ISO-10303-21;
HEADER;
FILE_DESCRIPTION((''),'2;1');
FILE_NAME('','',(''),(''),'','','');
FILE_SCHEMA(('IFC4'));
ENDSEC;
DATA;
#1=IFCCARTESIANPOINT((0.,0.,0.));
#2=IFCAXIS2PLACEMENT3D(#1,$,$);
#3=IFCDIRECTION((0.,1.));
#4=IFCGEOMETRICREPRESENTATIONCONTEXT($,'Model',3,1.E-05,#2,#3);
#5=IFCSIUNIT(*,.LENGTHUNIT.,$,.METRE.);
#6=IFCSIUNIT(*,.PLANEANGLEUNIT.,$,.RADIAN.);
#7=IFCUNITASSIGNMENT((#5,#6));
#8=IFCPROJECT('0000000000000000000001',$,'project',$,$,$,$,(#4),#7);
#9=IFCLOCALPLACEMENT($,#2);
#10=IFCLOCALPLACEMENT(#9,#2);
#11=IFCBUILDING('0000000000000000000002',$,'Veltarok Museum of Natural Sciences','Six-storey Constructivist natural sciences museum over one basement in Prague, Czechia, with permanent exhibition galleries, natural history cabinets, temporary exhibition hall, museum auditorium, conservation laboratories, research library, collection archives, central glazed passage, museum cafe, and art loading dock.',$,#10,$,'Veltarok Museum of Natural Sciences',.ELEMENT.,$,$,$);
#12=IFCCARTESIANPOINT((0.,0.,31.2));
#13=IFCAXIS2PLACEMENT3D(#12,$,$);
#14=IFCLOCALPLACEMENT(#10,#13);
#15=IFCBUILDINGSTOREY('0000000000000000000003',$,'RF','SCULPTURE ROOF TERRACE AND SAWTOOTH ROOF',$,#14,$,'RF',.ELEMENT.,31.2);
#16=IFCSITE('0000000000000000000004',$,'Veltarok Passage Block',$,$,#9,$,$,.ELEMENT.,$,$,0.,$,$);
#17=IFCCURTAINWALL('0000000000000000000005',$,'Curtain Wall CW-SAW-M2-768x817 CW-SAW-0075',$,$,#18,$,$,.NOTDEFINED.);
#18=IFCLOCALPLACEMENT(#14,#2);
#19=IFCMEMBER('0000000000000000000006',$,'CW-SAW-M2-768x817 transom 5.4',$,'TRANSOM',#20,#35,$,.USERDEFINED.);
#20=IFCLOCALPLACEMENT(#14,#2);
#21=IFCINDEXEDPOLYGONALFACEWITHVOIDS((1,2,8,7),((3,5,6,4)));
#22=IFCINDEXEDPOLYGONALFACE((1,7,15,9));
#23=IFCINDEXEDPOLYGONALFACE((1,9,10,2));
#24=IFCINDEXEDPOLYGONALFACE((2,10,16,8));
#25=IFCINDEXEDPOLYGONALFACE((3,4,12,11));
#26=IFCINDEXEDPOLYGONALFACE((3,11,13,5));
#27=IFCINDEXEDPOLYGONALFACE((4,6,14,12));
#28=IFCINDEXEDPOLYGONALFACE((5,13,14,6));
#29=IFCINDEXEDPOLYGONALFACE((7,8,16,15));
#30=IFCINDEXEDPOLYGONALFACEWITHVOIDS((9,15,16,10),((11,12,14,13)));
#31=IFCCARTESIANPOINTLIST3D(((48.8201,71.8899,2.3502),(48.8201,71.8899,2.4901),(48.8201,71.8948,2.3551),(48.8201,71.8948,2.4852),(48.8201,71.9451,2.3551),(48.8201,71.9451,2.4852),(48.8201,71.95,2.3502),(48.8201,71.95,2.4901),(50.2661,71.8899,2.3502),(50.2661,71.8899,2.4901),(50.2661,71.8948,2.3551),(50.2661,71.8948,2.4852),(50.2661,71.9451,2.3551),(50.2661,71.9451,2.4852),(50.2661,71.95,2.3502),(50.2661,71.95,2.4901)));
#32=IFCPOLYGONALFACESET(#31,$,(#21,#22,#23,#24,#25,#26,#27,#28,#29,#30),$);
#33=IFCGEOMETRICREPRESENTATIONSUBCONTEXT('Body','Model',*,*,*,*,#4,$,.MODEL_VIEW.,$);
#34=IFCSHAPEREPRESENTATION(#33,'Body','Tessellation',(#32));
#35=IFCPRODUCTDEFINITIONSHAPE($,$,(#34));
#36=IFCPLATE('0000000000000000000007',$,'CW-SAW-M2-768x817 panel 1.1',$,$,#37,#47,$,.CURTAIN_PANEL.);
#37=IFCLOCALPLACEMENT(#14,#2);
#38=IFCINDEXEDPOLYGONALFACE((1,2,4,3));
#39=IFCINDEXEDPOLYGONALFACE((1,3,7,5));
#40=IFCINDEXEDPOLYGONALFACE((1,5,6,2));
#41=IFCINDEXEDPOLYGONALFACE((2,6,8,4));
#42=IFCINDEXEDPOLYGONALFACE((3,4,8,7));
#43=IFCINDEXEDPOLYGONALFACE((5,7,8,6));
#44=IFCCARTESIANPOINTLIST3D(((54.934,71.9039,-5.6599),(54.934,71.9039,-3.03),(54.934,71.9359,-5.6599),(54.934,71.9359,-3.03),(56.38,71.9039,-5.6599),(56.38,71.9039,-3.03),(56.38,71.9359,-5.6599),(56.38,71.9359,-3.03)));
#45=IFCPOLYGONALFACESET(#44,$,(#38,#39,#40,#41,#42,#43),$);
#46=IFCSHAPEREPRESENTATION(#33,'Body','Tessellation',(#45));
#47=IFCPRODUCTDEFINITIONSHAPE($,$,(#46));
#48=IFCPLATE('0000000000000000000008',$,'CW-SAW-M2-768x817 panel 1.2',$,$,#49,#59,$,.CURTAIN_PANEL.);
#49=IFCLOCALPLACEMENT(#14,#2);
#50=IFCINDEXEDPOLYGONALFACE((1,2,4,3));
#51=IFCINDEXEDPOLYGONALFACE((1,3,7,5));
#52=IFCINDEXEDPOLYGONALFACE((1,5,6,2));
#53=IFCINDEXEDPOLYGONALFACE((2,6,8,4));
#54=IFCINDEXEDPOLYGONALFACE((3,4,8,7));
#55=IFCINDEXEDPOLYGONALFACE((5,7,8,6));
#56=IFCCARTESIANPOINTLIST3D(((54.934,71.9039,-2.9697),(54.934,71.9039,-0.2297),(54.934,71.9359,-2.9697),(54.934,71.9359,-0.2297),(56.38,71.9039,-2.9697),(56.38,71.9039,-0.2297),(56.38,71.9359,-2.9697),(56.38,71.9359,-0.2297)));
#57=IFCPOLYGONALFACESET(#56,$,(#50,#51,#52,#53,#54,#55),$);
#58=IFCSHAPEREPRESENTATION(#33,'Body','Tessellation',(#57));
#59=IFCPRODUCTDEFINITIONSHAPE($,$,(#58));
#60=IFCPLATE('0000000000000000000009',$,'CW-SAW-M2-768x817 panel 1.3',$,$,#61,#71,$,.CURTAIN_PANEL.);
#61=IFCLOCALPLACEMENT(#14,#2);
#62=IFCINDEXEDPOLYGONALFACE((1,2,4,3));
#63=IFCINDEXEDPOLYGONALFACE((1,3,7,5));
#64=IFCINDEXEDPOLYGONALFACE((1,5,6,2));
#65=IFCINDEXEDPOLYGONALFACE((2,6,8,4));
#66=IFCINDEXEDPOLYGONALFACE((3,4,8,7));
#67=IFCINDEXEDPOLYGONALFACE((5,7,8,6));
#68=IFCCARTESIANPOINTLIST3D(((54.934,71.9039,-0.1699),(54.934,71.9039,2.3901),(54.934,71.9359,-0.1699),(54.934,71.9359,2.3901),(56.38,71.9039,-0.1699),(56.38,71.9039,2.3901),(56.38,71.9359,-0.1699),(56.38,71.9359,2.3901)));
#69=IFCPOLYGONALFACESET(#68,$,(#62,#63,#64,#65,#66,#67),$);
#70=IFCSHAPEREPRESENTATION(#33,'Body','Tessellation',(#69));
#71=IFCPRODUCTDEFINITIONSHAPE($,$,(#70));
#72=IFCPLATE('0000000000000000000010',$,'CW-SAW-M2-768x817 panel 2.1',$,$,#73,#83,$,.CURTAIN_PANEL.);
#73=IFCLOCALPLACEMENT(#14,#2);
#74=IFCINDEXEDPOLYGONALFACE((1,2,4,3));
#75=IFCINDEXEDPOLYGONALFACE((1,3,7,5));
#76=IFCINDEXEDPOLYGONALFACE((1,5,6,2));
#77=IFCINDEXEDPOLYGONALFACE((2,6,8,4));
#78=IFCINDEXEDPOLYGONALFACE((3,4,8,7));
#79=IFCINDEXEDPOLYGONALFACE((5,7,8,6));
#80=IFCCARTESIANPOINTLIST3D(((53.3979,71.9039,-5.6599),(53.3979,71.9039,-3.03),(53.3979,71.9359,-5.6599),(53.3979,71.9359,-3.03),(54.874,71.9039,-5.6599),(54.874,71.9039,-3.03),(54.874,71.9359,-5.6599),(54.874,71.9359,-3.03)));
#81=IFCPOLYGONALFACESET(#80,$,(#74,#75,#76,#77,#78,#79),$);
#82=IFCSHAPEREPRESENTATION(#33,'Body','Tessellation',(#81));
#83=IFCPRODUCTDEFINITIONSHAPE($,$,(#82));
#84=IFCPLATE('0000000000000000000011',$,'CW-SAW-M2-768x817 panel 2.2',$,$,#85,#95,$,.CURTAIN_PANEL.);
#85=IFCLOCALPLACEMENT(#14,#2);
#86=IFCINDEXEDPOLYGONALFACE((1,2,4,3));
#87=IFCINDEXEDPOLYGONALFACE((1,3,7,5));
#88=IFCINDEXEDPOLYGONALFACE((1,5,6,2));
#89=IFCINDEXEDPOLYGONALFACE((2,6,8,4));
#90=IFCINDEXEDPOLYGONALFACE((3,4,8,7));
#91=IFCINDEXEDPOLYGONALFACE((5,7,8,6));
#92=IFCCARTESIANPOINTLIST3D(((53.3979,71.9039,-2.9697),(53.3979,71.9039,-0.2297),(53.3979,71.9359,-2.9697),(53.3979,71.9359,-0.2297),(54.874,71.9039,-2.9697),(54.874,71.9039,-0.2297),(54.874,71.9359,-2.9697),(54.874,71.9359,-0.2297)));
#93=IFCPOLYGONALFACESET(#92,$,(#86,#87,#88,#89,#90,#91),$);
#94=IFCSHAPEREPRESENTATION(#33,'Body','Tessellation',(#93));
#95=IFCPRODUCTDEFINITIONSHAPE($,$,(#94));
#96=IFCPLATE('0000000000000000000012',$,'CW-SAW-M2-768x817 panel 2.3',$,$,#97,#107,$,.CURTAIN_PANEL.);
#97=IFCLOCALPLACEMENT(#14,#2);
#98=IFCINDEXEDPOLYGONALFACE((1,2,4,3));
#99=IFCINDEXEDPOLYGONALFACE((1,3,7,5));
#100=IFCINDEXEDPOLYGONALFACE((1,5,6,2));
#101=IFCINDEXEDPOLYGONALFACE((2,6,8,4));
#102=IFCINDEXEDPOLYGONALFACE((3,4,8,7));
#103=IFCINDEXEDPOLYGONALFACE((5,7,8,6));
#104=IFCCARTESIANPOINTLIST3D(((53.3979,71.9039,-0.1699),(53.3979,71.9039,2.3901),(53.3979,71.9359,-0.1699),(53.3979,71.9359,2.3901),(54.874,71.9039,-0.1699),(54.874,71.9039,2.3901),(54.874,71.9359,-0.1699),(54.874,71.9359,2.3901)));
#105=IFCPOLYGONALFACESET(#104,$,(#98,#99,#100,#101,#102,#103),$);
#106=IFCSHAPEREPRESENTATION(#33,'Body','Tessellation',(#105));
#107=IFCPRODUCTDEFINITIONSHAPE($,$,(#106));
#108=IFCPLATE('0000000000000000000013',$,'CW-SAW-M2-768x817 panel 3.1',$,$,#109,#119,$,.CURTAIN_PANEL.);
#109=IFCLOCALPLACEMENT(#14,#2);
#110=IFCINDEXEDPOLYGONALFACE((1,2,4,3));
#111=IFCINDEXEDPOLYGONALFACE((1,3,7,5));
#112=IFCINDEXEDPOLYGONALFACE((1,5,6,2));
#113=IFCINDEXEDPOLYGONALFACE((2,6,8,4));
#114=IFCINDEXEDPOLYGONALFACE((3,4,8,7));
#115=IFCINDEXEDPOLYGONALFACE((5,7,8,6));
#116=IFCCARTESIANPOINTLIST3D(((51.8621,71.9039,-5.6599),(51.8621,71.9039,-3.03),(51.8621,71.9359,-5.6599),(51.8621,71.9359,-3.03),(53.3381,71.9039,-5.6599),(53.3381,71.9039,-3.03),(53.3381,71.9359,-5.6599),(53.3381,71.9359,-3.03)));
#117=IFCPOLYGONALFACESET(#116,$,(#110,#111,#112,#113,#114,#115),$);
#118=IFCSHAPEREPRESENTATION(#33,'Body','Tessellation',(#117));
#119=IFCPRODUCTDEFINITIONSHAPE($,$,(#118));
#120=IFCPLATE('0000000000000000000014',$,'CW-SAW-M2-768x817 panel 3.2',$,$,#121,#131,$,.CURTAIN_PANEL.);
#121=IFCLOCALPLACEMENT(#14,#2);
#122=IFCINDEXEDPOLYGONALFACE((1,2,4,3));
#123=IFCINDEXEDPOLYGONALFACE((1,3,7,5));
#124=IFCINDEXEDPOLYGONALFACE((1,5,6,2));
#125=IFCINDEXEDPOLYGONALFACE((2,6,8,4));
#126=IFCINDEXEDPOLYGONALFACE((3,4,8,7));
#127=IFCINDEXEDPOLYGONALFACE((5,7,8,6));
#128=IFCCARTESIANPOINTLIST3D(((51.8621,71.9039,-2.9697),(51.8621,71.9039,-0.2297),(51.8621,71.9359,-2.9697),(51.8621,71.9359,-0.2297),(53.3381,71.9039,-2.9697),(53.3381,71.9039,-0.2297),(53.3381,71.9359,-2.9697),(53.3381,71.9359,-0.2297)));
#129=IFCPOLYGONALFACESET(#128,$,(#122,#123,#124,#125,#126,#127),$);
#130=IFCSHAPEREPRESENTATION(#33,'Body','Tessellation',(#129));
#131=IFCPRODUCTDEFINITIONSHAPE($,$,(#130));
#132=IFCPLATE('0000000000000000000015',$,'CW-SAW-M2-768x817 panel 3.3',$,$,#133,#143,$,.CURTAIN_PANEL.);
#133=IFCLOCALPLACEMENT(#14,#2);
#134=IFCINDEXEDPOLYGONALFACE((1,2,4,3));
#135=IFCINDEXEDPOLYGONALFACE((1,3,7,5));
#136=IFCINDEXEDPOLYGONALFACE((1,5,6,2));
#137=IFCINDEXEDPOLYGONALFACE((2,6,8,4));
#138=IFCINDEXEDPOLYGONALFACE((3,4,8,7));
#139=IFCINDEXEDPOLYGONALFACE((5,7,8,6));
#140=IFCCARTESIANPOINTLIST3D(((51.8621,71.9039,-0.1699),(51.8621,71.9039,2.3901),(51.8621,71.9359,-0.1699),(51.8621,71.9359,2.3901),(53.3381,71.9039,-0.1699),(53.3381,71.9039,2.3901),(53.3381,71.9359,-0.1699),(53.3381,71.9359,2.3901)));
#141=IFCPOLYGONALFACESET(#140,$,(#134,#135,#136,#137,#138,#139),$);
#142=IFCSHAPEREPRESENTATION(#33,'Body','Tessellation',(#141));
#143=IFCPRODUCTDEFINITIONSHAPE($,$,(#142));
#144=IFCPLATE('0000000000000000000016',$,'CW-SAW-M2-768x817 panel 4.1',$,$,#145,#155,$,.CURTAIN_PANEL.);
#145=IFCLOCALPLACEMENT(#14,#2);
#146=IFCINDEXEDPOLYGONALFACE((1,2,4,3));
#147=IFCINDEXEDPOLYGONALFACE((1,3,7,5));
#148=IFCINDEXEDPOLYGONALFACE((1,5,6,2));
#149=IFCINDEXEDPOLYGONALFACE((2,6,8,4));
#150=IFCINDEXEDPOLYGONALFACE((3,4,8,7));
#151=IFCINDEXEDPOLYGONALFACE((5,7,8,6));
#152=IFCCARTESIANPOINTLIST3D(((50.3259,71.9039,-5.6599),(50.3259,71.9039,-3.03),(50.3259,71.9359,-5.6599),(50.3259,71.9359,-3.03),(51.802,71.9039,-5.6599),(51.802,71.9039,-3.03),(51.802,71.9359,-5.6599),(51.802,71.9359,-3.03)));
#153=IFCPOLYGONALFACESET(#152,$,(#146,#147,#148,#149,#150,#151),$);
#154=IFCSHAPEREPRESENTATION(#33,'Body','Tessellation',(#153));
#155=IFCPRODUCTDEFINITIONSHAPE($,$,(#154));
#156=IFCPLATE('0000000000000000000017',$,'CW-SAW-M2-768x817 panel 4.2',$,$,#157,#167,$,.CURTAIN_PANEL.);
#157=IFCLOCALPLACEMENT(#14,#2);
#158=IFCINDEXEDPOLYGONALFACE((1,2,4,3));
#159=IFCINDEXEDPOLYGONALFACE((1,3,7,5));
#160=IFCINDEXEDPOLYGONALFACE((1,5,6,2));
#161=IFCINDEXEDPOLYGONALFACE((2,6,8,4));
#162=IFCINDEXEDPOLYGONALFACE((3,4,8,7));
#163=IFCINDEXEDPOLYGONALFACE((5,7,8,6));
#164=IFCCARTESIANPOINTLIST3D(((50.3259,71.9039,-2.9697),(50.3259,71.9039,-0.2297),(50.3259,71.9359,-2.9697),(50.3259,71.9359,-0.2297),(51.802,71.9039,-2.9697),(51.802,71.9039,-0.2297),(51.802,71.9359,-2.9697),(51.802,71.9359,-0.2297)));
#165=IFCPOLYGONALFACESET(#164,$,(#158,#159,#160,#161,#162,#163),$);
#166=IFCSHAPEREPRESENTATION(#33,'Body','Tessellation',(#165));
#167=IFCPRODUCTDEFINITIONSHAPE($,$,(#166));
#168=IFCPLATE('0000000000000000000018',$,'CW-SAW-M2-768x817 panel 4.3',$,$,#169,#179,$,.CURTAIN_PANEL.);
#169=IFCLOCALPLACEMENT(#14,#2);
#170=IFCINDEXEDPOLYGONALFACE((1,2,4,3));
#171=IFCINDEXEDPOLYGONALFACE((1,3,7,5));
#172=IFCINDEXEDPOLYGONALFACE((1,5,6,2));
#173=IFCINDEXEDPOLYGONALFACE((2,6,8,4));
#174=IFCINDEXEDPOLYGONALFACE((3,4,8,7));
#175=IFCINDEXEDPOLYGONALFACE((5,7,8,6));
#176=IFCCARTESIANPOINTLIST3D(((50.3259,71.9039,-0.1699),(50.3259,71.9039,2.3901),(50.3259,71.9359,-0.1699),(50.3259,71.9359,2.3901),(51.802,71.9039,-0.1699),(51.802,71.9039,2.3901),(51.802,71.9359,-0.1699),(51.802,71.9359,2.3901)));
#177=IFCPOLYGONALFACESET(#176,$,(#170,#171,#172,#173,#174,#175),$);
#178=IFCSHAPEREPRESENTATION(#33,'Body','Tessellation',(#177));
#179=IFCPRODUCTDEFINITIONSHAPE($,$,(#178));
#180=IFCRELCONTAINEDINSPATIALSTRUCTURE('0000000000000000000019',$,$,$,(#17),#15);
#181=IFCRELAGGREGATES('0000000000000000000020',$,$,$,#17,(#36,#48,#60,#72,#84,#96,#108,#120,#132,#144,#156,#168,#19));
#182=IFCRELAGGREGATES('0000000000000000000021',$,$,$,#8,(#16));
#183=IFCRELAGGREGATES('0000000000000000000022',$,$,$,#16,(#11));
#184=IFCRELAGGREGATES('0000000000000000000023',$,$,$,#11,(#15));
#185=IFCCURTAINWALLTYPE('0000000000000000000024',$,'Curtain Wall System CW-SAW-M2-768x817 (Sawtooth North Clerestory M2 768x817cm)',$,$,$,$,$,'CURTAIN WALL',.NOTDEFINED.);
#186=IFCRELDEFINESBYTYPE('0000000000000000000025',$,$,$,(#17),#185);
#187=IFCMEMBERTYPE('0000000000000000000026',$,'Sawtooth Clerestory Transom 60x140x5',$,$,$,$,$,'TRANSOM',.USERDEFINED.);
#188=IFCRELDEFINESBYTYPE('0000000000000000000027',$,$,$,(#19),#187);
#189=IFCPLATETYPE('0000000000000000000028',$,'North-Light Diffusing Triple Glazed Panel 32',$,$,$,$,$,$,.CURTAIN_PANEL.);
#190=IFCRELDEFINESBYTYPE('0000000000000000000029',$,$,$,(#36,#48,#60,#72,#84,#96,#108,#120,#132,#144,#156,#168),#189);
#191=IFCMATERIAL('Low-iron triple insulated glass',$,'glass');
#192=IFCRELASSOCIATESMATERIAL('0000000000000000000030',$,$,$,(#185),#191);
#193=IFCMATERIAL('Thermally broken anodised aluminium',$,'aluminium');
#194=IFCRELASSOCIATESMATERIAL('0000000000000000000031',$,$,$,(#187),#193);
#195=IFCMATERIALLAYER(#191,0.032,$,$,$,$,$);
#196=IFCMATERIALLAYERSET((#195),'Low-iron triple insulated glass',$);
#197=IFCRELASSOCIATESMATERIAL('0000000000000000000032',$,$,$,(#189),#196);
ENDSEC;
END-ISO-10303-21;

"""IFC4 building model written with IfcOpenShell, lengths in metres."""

from ifc_helpers import new_model, si_unit, direction, frame, origin, origin_2d, place, context, subcontext, project, spatial, rectangle, hollow_rectangle, extrude, material, layer, layer_set, material_profile, profile_set, type_object, element, aggregate, save


model = new_model("IFC4")

# Units and contexts
model_context = context("Model", 3, precision=1e-05, world=origin(), true_north=direction((0.0, 1.0)))
body_context = subcontext(model_context, "Body", "Model", "MODEL_VIEW")
ifc_project = project(units=[si_unit("LENGTHUNIT", "METRE"), si_unit("PLANEANGLEUNIT", "RADIAN")], contexts=[model_context])

# Site, building, storey
site_placement = place(None, origin())
site = spatial("IfcSite", under=ifc_project, at=site_placement, Name="Veltarok Passage Block", CompositionType="ELEMENT", RefElevation=0.0)
building_placement = place(site_placement, origin())
building = spatial("IfcBuilding", under=site, at=building_placement, Name="Veltarok Museum of Natural Sciences", Description="Six-storey Constructivist natural sciences museum over one basement in Prague, Czechia, with permanent exhibition galleries, natural history cabinets, temporary exhibition hall, museum auditorium, conservation laboratories, research library, collection archives, central glazed passage, museum cafe, and art loading dock.", LongName="Veltarok Museum of Natural Sciences", CompositionType="ELEMENT")
storey_placement = place(building_placement, frame((0.0, 0.0, 31.2)))
storey = spatial("IfcBuildingStorey", under=building, at=storey_placement, Name="RF", Description="SCULPTURE ROOF TERRACE AND SAWTOOTH ROOF", LongName="RF", CompositionType="ELEMENT", Elevation=31.2)

# Curtain wall, member, plates
ifc_material_1 = material(Name="Low-iron triple insulated glass", Category="glass")
curtain_wall_type = type_object("IfcCurtainWallType", Name="Curtain Wall System CW-SAW-M2-768x817 (Sawtooth North Clerestory M2 768x817cm)", ElementType="CURTAIN WALL", PredefinedType="NOTDEFINED", material=ifc_material_1)
curtain_wall_placement = place(storey_placement, origin())
curtain_wall = element("IfcCurtainWall", 1, at=curtain_wall_placement, inside=storey, type_object=curtain_wall_type, Name="Curtain Wall CW-SAW-M2-768x817 CW-SAW-0075", PredefinedType="NOTDEFINED")
ifc_material_2 = material(Name="Thermally broken anodised aluminium", Category="aluminium")
ifc_material_profile_1 = material_profile(ifc_material_2, hollow_rectangle(XDim=0.0601, YDim=0.1399, WallThickness=0.0049, at=origin_2d()), Name="CW TRANSOM 60x140x5")
ifc_profile_set_1 = profile_set([ifc_material_profile_1], Name="Thermally broken anodised aluminium")
member_type_1 = type_object("IfcMemberType", Name="Sawtooth Clerestory Transom 60x140x5", ElementType="TRANSOM", PredefinedType="USERDEFINED", material=ifc_profile_set_1)
member_1_placement = place(storey_placement, frame((50.2661, 71.9199, 2.4202), z_axis=(-1.0, 0.0, 0.0), x_axis=(0.0, -1.0, 0.0)))
member_1 = element("IfcMember", 2, at=member_1_placement, type_object=member_type_1, Name="CW-SAW-M2-768x817 transom 5.4", ObjectType="TRANSOM", PredefinedType="USERDEFINED", context=body_context, shape_type="SweptSolid", body=[
    extrude(hollow_rectangle(XDim=0.0601, YDim=0.1399, WallThickness=0.0049, at=origin_2d()), origin(), (0.0, 0.0, 1.0), 1.446),
])
ifc_layer = layer(ifc_material_1, 0.032)
ifc_layer_set = layer_set([ifc_layer], Name="Low-iron triple insulated glass")
plate_type = type_object("IfcPlateType", Name="North-Light Diffusing Triple Glazed Panel 32", PredefinedType="CURTAIN_PANEL", material=ifc_layer_set)
plate_1_placement = place(storey_placement, frame((55.657, 71.9199, -5.6599), z_axis=(0.0, 0.0, 1.0), x_axis=(-1.0, 0.0, 0.0)))
plate_1 = element("IfcPlate", 3, at=plate_1_placement, type_object=plate_type, Name="CW-SAW-M2-768x817 panel 1.1", PredefinedType="CURTAIN_PANEL", context=body_context, shape_type="SweptSolid", body=[
    extrude(rectangle(XDim=1.446, YDim=0.032, at=origin_2d()), origin(), (0.0, 0.0, 1.0), 2.6299),
])
plate_2_placement = place(storey_placement, frame((55.657, 71.9199, -2.9697), z_axis=(0.0, 0.0, 1.0), x_axis=(-1.0, 0.0, 0.0)))
plate_2 = element("IfcPlate", 4, at=plate_2_placement, type_object=plate_type, Name="CW-SAW-M2-768x817 panel 1.2", PredefinedType="CURTAIN_PANEL", context=body_context, shape_type="SweptSolid", body=[
    extrude(rectangle(XDim=1.446, YDim=0.032, at=origin_2d()), origin(), (0.0, 0.0, 1.0), 2.74),
])
plate_3_placement = place(storey_placement, frame((55.657, 71.9199, -0.1699), z_axis=(0.0, 0.0, 1.0), x_axis=(-1.0, 0.0, 0.0)))
plate_3 = element("IfcPlate", 5, at=plate_3_placement, type_object=plate_type, Name="CW-SAW-M2-768x817 panel 1.3", PredefinedType="CURTAIN_PANEL", context=body_context, shape_type="SweptSolid", body=[
    extrude(rectangle(XDim=1.446, YDim=0.032, at=origin_2d()), origin(), (0.0, 0.0, 1.0), 2.5601),
])
plate_4_placement = place(storey_placement, frame((54.136, 71.9199, -5.6599), z_axis=(0.0, 0.0, 1.0), x_axis=(-1.0, 0.0, 0.0)))
plate_4 = element("IfcPlate", 6, at=plate_4_placement, type_object=plate_type, Name="CW-SAW-M2-768x817 panel 2.1", PredefinedType="CURTAIN_PANEL", context=body_context, shape_type="SweptSolid", body=[
    extrude(rectangle(XDim=1.4761, YDim=0.032, at=origin_2d()), origin(), (0.0, 0.0, 1.0), 2.6299),
])
plate_5_placement = place(storey_placement, frame((54.136, 71.9199, -2.9697), z_axis=(0.0, 0.0, 1.0), x_axis=(-1.0, 0.0, 0.0)))
plate_5 = element("IfcPlate", 7, at=plate_5_placement, type_object=plate_type, Name="CW-SAW-M2-768x817 panel 2.2", PredefinedType="CURTAIN_PANEL", context=body_context, shape_type="SweptSolid", body=[
    extrude(rectangle(XDim=1.4761, YDim=0.032, at=origin_2d()), origin(), (0.0, 0.0, 1.0), 2.74),
])
plate_6_placement = place(storey_placement, frame((54.136, 71.9199, -0.1699), z_axis=(0.0, 0.0, 1.0), x_axis=(-1.0, 0.0, 0.0)))
plate_6 = element("IfcPlate", 8, at=plate_6_placement, type_object=plate_type, Name="CW-SAW-M2-768x817 panel 2.3", PredefinedType="CURTAIN_PANEL", context=body_context, shape_type="SweptSolid", body=[
    extrude(rectangle(XDim=1.4761, YDim=0.032, at=origin_2d()), origin(), (0.0, 0.0, 1.0), 2.5601),
])
plate_7_placement = place(storey_placement, frame((52.6001, 71.9199, -5.6599), z_axis=(0.0, 0.0, 1.0), x_axis=(-1.0, 0.0, 0.0)))
plate_7 = element("IfcPlate", 9, at=plate_7_placement, type_object=plate_type, Name="CW-SAW-M2-768x817 panel 3.1", PredefinedType="CURTAIN_PANEL", context=body_context, shape_type="SweptSolid", body=[
    extrude(rectangle(XDim=1.4761, YDim=0.032, at=origin_2d()), origin(), (0.0, 0.0, 1.0), 2.6299),
])
plate_8_placement = place(storey_placement, frame((52.6001, 71.9199, -2.9697), z_axis=(0.0, 0.0, 1.0), x_axis=(-1.0, 0.0, 0.0)))
plate_8 = element("IfcPlate", 10, at=plate_8_placement, type_object=plate_type, Name="CW-SAW-M2-768x817 panel 3.2", PredefinedType="CURTAIN_PANEL", context=body_context, shape_type="SweptSolid", body=[
    extrude(rectangle(XDim=1.4761, YDim=0.032, at=origin_2d()), origin(), (0.0, 0.0, 1.0), 2.74),
])
plate_9_placement = place(storey_placement, frame((52.6001, 71.9199, -0.1699), z_axis=(0.0, 0.0, 1.0), x_axis=(-1.0, 0.0, 0.0)))
plate_9 = element("IfcPlate", 11, at=plate_9_placement, type_object=plate_type, Name="CW-SAW-M2-768x817 panel 3.3", PredefinedType="CURTAIN_PANEL", context=body_context, shape_type="SweptSolid", body=[
    extrude(rectangle(XDim=1.4761, YDim=0.032, at=origin_2d()), origin(), (0.0, 0.0, 1.0), 2.5601),
])
plate_10_placement = place(storey_placement, frame((51.064, 71.9199, -5.6599), z_axis=(0.0, 0.0, 1.0), x_axis=(-1.0, 0.0, 0.0)))
plate_10 = element("IfcPlate", 12, at=plate_10_placement, type_object=plate_type, Name="CW-SAW-M2-768x817 panel 4.1", PredefinedType="CURTAIN_PANEL", context=body_context, shape_type="SweptSolid", body=[
    extrude(rectangle(XDim=1.4761, YDim=0.032, at=origin_2d()), origin(), (0.0, 0.0, 1.0), 2.6299),
])
plate_11_placement = place(storey_placement, frame((51.064, 71.9199, -2.9697), z_axis=(0.0, 0.0, 1.0), x_axis=(-1.0, 0.0, 0.0)))
plate_11 = element("IfcPlate", 13, at=plate_11_placement, type_object=plate_type, Name="CW-SAW-M2-768x817 panel 4.2", PredefinedType="CURTAIN_PANEL", context=body_context, shape_type="SweptSolid", body=[
    extrude(rectangle(XDim=1.4761, YDim=0.032, at=origin_2d()), origin(), (0.0, 0.0, 1.0), 2.74),
])
plate_12_placement = place(storey_placement, frame((51.064, 71.9199, -0.1699), z_axis=(0.0, 0.0, 1.0), x_axis=(-1.0, 0.0, 0.0)))
plate_12 = element("IfcPlate", 14, at=plate_12_placement, type_object=plate_type, Name="CW-SAW-M2-768x817 panel 4.3", PredefinedType="CURTAIN_PANEL", context=body_context, shape_type="SweptSolid", body=[
    extrude(rectangle(XDim=1.4761, YDim=0.032, at=origin_2d()), origin(), (0.0, 0.0, 1.0), 2.5601),
])
aggregate(curtain_wall, [plate_1, plate_2, plate_3, plate_4, plate_5, plate_6, plate_7, plate_8, plate_9, plate_10, plate_11, plate_12, member_1])

save(model, "model.ifc")
